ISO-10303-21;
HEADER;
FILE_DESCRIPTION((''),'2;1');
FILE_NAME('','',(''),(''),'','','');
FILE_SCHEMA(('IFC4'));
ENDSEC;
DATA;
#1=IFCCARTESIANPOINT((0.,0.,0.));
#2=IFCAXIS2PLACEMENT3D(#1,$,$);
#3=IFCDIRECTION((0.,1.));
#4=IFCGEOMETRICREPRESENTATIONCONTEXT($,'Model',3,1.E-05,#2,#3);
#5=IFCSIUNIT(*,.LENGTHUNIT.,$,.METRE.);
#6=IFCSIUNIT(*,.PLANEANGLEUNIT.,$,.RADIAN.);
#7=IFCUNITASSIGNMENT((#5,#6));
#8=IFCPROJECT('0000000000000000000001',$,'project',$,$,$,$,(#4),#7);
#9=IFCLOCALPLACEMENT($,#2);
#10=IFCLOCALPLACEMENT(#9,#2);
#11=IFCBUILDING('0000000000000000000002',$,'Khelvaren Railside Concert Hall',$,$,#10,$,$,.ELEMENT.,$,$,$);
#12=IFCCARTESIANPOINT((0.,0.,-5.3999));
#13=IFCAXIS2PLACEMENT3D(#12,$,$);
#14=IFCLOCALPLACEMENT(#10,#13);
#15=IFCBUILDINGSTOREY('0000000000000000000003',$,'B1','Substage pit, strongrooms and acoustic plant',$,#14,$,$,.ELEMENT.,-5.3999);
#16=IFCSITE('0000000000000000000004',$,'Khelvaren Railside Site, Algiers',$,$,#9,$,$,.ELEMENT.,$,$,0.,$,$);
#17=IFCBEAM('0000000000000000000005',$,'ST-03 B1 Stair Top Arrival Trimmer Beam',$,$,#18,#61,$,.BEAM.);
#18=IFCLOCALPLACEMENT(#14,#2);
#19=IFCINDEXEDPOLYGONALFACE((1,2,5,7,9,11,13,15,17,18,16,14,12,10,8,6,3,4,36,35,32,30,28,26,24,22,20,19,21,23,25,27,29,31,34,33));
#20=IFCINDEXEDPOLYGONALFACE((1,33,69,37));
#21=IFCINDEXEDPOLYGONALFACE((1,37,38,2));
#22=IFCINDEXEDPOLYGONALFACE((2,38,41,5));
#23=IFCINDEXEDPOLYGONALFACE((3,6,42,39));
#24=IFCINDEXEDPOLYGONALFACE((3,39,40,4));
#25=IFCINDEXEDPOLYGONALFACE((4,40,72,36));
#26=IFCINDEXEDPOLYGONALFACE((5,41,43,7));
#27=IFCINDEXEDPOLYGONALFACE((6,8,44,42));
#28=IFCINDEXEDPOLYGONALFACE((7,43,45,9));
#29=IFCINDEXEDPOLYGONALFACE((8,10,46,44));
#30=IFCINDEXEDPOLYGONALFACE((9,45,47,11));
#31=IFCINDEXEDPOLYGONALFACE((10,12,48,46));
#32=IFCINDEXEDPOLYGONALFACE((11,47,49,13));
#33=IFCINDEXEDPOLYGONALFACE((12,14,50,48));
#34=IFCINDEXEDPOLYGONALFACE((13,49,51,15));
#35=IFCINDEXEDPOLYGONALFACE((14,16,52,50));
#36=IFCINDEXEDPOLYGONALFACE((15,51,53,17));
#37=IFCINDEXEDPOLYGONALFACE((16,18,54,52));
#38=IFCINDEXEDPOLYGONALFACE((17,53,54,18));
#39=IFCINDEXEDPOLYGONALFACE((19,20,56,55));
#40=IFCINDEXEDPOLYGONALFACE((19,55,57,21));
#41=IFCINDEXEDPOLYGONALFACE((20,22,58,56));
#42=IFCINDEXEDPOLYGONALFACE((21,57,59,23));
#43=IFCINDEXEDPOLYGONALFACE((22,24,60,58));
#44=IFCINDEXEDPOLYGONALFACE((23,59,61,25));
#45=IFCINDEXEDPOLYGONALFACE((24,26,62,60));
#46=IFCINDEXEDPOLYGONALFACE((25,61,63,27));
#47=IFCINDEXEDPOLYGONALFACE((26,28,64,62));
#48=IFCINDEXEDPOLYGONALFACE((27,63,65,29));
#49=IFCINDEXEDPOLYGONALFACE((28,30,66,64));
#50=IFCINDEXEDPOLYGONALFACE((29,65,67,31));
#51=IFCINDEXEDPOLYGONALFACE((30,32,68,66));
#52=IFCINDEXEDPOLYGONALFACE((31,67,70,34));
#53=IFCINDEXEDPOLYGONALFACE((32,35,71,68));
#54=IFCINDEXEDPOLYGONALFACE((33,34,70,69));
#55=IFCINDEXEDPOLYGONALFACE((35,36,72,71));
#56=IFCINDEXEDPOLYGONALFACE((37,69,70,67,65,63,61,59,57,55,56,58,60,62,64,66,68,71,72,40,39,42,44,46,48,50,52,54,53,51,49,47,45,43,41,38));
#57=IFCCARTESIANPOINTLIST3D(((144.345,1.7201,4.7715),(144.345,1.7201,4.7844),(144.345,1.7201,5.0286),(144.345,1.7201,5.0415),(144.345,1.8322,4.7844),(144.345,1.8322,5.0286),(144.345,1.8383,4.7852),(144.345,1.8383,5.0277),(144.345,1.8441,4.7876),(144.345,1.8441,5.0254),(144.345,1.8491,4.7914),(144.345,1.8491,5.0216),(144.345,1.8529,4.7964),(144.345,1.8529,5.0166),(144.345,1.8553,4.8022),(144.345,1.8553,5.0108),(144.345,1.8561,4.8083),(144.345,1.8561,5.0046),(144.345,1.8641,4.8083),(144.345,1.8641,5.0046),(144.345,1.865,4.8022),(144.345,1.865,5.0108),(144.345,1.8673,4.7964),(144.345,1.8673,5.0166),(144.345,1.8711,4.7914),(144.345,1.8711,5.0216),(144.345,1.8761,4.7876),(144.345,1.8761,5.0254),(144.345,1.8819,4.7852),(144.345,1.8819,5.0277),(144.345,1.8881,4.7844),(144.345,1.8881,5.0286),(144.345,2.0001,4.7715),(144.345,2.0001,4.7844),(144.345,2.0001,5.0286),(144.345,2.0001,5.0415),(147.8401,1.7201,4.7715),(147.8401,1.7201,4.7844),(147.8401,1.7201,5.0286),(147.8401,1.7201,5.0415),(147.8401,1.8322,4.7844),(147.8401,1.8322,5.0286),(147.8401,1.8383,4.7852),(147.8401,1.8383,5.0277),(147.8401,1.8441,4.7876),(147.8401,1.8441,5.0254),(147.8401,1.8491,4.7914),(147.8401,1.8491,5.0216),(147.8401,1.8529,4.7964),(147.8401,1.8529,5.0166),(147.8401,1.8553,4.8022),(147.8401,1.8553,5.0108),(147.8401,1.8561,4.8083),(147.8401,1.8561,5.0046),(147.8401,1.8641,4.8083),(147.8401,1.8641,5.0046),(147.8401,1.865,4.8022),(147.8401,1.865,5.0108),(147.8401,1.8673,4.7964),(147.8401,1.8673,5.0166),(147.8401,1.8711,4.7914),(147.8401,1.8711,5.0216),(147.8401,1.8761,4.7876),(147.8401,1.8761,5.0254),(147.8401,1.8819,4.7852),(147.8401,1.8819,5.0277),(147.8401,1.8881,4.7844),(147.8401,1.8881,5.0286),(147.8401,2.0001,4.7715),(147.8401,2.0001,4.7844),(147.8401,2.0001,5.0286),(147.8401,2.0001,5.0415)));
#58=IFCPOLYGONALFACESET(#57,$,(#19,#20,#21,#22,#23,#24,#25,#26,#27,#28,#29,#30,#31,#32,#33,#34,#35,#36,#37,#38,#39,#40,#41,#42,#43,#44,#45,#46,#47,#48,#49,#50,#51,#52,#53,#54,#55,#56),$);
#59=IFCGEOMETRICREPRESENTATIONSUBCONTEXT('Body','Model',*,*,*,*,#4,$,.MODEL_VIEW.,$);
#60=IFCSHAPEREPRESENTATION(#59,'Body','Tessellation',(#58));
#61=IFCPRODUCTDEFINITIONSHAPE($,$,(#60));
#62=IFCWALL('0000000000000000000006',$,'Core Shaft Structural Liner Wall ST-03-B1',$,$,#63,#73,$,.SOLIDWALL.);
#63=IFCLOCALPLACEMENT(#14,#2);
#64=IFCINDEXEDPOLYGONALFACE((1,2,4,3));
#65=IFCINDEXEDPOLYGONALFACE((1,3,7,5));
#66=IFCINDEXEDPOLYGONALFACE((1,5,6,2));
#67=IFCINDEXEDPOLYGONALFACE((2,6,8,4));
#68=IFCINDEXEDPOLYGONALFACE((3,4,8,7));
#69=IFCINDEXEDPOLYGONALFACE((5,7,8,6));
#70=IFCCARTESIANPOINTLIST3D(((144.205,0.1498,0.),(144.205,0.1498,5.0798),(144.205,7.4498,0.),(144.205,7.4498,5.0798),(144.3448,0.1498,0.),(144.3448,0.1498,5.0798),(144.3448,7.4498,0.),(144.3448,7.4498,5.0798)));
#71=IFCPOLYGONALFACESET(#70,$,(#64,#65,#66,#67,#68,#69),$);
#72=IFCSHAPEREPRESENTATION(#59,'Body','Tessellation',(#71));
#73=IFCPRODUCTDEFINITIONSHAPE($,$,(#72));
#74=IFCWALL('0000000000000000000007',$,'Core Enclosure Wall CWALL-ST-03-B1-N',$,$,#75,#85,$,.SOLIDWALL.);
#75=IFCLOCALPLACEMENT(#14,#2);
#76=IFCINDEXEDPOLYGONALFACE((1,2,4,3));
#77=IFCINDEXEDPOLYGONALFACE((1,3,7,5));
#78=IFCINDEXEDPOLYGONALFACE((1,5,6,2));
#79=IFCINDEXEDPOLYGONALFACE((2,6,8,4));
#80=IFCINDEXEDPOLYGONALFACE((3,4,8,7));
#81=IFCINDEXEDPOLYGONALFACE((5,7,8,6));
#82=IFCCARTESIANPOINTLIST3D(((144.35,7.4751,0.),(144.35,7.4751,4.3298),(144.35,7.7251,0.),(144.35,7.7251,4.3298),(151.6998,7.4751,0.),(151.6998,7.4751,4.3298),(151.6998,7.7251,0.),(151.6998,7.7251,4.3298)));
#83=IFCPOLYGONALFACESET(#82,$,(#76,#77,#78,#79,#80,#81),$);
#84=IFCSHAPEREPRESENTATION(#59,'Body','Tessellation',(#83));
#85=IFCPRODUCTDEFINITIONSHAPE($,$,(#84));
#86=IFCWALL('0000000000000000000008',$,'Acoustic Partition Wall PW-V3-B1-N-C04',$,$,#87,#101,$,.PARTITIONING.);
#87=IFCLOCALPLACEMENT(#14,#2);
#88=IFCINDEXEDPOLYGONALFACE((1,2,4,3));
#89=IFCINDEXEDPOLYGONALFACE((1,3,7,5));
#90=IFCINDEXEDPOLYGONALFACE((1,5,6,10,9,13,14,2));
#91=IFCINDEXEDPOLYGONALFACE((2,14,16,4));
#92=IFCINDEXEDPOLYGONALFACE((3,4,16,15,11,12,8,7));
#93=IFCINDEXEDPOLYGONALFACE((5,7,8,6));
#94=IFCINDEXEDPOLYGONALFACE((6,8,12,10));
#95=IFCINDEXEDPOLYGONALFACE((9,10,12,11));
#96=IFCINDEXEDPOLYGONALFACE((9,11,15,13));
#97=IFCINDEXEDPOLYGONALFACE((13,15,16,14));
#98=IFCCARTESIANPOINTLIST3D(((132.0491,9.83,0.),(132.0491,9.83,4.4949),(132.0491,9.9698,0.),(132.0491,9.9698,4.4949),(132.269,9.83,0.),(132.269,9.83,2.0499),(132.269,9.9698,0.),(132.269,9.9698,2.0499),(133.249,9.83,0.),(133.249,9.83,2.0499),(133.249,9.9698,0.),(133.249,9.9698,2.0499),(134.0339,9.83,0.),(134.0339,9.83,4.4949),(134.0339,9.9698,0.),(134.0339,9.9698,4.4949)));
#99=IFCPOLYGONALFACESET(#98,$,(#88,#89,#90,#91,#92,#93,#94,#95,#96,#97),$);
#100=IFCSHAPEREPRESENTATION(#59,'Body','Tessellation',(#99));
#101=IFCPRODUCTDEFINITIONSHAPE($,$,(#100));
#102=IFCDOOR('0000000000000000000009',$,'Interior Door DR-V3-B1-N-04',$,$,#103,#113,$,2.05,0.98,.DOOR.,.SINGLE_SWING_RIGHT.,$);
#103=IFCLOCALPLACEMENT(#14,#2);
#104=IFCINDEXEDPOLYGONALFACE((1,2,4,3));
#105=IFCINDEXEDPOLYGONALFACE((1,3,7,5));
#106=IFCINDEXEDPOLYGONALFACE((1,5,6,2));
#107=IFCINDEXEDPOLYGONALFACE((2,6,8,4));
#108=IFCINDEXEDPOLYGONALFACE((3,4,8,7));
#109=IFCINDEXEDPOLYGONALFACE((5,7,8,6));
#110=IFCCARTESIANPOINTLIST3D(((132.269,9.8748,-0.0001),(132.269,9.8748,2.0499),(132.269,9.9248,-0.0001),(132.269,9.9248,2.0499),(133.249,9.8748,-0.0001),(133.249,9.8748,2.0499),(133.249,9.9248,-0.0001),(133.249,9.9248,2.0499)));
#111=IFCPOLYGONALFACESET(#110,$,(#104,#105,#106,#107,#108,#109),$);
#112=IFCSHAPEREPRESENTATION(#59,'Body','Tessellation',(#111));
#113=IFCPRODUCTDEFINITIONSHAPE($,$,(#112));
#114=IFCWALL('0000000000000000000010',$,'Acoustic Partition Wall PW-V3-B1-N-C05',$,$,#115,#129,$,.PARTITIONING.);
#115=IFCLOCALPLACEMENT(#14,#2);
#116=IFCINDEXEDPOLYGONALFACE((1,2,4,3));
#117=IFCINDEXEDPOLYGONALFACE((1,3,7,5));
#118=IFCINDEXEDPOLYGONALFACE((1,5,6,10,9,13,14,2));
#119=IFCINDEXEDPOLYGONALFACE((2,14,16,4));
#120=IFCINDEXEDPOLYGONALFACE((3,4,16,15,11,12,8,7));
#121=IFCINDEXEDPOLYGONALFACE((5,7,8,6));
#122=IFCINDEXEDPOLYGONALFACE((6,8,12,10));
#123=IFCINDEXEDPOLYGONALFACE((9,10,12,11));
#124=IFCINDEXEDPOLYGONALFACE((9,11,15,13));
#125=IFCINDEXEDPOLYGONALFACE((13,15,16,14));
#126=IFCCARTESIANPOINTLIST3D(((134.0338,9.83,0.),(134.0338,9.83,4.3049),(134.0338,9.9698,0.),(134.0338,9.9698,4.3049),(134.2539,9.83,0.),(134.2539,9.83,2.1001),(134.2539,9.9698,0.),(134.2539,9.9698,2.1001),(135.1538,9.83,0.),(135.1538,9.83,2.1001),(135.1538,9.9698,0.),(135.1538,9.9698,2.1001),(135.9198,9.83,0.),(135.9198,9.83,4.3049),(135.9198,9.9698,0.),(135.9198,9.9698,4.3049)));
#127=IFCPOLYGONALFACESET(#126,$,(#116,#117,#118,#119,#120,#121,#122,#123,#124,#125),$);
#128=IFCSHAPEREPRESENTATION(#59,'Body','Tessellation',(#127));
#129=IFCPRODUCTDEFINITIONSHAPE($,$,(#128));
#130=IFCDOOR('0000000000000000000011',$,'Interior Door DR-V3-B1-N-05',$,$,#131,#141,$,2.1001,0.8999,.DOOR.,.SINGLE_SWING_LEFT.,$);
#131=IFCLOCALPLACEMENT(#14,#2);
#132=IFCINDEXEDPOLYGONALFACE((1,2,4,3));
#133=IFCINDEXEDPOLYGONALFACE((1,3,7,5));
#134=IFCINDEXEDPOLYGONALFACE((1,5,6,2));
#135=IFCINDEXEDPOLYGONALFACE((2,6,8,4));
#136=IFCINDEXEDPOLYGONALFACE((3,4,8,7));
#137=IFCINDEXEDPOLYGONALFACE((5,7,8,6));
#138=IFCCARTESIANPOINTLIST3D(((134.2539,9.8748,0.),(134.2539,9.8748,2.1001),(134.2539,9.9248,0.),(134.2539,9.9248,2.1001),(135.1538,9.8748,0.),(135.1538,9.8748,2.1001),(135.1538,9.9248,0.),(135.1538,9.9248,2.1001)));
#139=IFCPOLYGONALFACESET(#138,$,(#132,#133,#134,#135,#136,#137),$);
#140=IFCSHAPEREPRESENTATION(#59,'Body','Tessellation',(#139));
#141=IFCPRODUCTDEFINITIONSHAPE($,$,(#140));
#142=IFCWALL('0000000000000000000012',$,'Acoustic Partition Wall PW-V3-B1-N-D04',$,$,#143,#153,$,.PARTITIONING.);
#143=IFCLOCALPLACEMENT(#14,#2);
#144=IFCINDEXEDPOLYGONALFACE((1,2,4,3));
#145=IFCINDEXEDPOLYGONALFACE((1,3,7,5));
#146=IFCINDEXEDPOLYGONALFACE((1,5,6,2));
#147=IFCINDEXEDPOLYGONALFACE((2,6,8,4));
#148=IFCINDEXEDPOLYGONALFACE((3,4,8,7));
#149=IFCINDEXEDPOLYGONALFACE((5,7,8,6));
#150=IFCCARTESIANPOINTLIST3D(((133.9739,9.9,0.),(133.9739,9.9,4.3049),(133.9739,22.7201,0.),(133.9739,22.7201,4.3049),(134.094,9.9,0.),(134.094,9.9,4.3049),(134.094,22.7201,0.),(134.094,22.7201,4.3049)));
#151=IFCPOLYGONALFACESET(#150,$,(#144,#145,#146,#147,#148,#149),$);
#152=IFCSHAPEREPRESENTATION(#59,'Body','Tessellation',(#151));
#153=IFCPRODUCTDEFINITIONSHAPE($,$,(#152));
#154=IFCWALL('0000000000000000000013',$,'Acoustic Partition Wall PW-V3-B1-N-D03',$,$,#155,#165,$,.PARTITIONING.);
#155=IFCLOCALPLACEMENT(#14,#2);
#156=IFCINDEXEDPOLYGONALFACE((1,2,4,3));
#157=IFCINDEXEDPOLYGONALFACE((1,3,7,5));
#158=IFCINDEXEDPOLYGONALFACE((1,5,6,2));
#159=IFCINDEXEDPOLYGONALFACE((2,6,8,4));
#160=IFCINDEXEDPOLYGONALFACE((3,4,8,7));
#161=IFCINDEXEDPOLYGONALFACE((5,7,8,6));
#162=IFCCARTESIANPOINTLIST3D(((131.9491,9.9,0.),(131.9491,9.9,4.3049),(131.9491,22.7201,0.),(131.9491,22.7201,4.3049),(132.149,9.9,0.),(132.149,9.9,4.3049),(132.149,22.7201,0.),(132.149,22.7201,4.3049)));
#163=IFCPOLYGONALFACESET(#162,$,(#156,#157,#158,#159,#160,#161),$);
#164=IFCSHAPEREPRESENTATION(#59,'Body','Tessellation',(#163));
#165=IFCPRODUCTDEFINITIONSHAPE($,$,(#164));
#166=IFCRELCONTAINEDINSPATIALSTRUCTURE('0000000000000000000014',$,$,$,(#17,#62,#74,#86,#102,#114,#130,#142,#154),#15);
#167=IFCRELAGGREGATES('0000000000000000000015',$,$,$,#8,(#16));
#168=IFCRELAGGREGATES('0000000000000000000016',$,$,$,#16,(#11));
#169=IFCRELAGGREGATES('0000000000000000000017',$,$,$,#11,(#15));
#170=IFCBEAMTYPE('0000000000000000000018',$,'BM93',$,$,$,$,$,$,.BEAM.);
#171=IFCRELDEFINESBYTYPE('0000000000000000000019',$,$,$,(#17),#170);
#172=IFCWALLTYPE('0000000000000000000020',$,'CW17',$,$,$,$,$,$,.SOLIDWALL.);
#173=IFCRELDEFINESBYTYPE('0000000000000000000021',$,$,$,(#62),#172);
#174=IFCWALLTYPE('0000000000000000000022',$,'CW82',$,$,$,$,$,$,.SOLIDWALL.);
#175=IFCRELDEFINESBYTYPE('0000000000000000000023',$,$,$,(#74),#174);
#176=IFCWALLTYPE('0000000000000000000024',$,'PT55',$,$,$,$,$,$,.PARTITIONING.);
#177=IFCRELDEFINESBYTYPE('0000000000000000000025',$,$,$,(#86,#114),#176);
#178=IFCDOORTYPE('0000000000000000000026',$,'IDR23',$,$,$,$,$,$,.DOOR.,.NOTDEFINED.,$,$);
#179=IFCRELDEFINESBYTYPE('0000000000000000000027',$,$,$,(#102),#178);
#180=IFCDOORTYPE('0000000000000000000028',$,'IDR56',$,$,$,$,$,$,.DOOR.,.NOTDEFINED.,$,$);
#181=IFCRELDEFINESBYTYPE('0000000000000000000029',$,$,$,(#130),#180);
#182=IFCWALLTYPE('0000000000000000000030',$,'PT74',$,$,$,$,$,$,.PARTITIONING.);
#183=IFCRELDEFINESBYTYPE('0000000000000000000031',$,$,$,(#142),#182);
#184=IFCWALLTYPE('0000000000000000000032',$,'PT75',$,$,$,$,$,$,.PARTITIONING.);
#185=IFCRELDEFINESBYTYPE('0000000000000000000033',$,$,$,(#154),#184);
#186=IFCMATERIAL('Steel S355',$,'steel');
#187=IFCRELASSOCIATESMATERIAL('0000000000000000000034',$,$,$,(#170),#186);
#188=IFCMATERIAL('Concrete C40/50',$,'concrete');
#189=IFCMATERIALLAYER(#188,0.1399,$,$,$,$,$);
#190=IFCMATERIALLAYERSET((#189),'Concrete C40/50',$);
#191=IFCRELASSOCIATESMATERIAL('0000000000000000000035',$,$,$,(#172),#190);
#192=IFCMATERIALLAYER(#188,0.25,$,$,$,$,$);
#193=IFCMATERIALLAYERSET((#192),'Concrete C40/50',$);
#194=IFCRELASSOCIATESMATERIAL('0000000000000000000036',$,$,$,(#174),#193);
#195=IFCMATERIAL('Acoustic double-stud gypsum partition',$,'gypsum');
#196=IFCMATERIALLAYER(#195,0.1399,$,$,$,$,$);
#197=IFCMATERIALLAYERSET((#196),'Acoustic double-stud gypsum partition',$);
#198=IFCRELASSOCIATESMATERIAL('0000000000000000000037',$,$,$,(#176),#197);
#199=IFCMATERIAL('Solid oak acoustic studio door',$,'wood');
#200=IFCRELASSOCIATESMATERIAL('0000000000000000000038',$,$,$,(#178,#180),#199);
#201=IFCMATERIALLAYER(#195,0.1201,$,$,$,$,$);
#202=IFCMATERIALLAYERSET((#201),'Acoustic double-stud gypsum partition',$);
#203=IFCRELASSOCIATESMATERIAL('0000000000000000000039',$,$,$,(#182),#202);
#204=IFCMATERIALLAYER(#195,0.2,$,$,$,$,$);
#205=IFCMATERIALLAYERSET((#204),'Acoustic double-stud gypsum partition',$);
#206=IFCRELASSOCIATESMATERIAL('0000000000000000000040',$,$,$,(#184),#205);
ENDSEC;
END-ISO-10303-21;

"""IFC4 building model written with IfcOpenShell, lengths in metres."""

from ifc_helpers import new_model, si_unit, direction, frame, frame_2d, origin, origin_2d, place, context, subcontext, project, spatial, rectangle, i_section, extrude, material, layer, layer_set, material_profile, profile_set, type_object, element, fill, save


model = new_model("IFC4")

# Units and contexts
model_context = context("Model", 3, precision=1e-05, world=origin(), true_north=direction((0.0, 1.0)))
body_context = subcontext(model_context, "Body", "Model", "MODEL_VIEW")
ifc_project = project(units=[si_unit("LENGTHUNIT", "METRE"), si_unit("PLANEANGLEUNIT", "RADIAN")], contexts=[model_context])

# Site, building, storey
site_placement = place(None, origin())
site = spatial("IfcSite", under=ifc_project, at=site_placement, Name="Khelvaren Railside Site, Algiers", CompositionType="ELEMENT", RefElevation=0.0)
building_placement = place(site_placement, origin())
building = spatial("IfcBuilding", under=site, at=building_placement, Name="Khelvaren Railside Concert Hall", CompositionType="ELEMENT")
storey_placement = place(building_placement, frame((0.0, 0.0, -5.3999)))
storey = spatial("IfcBuildingStorey", under=building, at=storey_placement, Name="B1", Description="Substage pit, strongrooms and acoustic plant", CompositionType="ELEMENT", Elevation=-5.3999)

# Beam
ifc_material_1 = material(Name="Steel S355", Category="steel")
ifc_material_profile_1 = material_profile(ifc_material_1, i_section(OverallWidth=0.28, OverallDepth=0.27, WebThickness=0.0081, FlangeThickness=0.0129, FilletRadius=0.0239, at=origin_2d()), Name="HEA 280")
ifc_profile_set_1 = profile_set([ifc_material_profile_1], Name="Steel S355")
beam_type_1 = type_object("IfcBeamType", Name="BM93", PredefinedType="BEAM", material=ifc_profile_set_1)
beam_1_placement = place(storey_placement, frame((144.345, 1.8601, 4.9065), z_axis=(1.0, 0.0, 0.0), x_axis=(0.0, 1.0, 0.0)))
element("IfcBeam", 1, at=beam_1_placement, inside=storey, type_object=beam_type_1, Name="ST-03 B1 Stair Top Arrival Trimmer Beam", PredefinedType="BEAM", context=body_context, shape_type="SweptSolid", body=[
    extrude(i_section(OverallWidth=0.28, OverallDepth=0.27, WebThickness=0.0081, FlangeThickness=0.0129, FilletRadius=0.0239, at=origin_2d()), origin(), (0.0, 0.0, 1.0), 3.4951),
])

# Walls
ifc_material_2 = material(Name="Concrete C40/50", Category="concrete")
ifc_layer_1 = layer(ifc_material_2, 0.1399)
ifc_layer_set_1 = layer_set([ifc_layer_1], Name="Concrete C40/50")
wall_type_1 = type_object("IfcWallType", Name="CW17", PredefinedType="SOLIDWALL", material=ifc_layer_set_1)
wall_1_placement = place(storey_placement, frame((144.2749, 0.1499, 0.0), z_axis=(0.0, 0.0, 1.0), x_axis=(0.0, 1.0, 0.0)))
element("IfcWall", 2, at=wall_1_placement, inside=storey, type_object=wall_type_1, Name="Core Shaft Structural Liner Wall ST-03-B1", PredefinedType="SOLIDWALL", context=body_context, shape_type="SweptSolid", body=[
    extrude(rectangle(XDim=7.3, YDim=0.1399, at=frame_2d((3.6499, 0.0))), origin(), (0.0, 0.0, 1.0), 5.0798),
])
ifc_layer_2 = layer(ifc_material_2, 0.25)
ifc_layer_set_2 = layer_set([ifc_layer_2], Name="Concrete C40/50")
wall_type_2 = type_object("IfcWallType", Name="CW82", PredefinedType="SOLIDWALL", material=ifc_layer_set_2)
wall_2_placement = place(storey_placement, frame((144.3501, 7.6001, 0.0), z_axis=(0.0, 0.0, 1.0), x_axis=(1.0, 0.0, 0.0)))
element("IfcWall", 3, at=wall_2_placement, inside=storey, type_object=wall_type_2, Name="Core Enclosure Wall CWALL-ST-03-B1-N", PredefinedType="SOLIDWALL", context=body_context, shape_type="SweptSolid", body=[
    extrude(rectangle(XDim=7.3499, YDim=0.25, at=frame_2d((3.6748, 0.0))), origin(), (0.0, 0.0, 1.0), 4.3298),
])

# Walls, openings, doors
ifc_material_3 = material(Name="Acoustic double-stud gypsum partition", Category="gypsum")
ifc_layer_3 = layer(ifc_material_3, 0.1399)
ifc_layer_set_3 = layer_set([ifc_layer_3], Name="Acoustic double-stud gypsum partition")
wall_type_3 = type_object("IfcWallType", Name="PT55", PredefinedType="PARTITIONING", material=ifc_layer_set_3)
wall_3_placement = place(storey_placement, frame((132.0491, 9.8999, 0.0), z_axis=(0.0, 0.0, 1.0), x_axis=(1.0, 0.0, 0.0)))
wall_3 = element("IfcWall", 4, at=wall_3_placement, inside=storey, type_object=wall_type_3, Name="Acoustic Partition Wall PW-V3-B1-N-C04", PredefinedType="PARTITIONING", context=body_context, shape_type="SweptSolid", body=[
    extrude(rectangle(XDim=1.9849, YDim=0.1399, at=frame_2d((0.9924, 0.0))), origin(), (0.0, 0.0, 1.0), 4.4949),
])
opening_1_placement = place(wall_3_placement, frame((0.22, 0.0, 0.0)))
opening_1 = element("IfcOpeningElement", 5, at=opening_1_placement, cuts=wall_3, PredefinedType="OPENING", context=body_context, shape_type="SweptSolid", body=[
    extrude(rectangle(XDim=0.98, YDim=2.05, at=frame_2d((0.49, 1.0249))), frame((0.0, 0.0798, 0.0), z_axis=(0.0, -1.0, 0.0), x_axis=(1.0, 0.0, 0.0)), (0.0, 0.0, 1.0), 0.1599),
])
ifc_material_4 = material(Name="Solid oak acoustic studio door", Category="wood")
door_type_1 = type_object("IfcDoorType", Name="IDR23", OperationType="NOTDEFINED", PredefinedType="DOOR", material=ifc_material_4)
door_1_placement = place(opening_1_placement, origin())
door_1 = element("IfcDoor", 6, at=door_1_placement, inside=storey, type_object=door_type_1, Name="Interior Door DR-V3-B1-N-04", OperationType="SINGLE_SWING_RIGHT", OverallHeight=2.05, OverallWidth=0.98, PredefinedType="DOOR", context=body_context, shape_type="SweptSolid", body=[
    extrude(rectangle(XDim=0.98, YDim=2.05, at=frame_2d((0.49, 1.0249))), frame((0.0, 0.0249, 0.0), z_axis=(0.0, -1.0, 0.0), x_axis=(1.0, 0.0, 0.0)), (0.0, 0.0, 1.0), 0.05),
])
fill(opening_1, door_1)
wall_4_placement = place(storey_placement, frame((134.0339, 9.8999, 0.0), z_axis=(0.0, 0.0, 1.0), x_axis=(1.0, 0.0, 0.0)))
wall_4 = element("IfcWall", 7, at=wall_4_placement, inside=storey, type_object=wall_type_3, Name="Acoustic Partition Wall PW-V3-B1-N-C05", PredefinedType="PARTITIONING", context=body_context, shape_type="SweptSolid", body=[
    extrude(rectangle(XDim=1.886, YDim=0.1399, at=frame_2d((0.9429, 0.0))), origin(), (0.0, 0.0, 1.0), 4.3049),
])
opening_2_placement = place(wall_4_placement, frame((0.22, 0.0, 0.0)))
opening_2 = element("IfcOpeningElement", 8, at=opening_2_placement, cuts=wall_4, PredefinedType="OPENING", context=body_context, shape_type="SweptSolid", body=[
    extrude(rectangle(XDim=0.8999, YDim=2.1001, at=frame_2d((0.45, 1.05))), frame((0.0, 0.0798, 0.0), z_axis=(0.0, -1.0, 0.0), x_axis=(1.0, 0.0, 0.0)), (0.0, 0.0, 1.0), 0.1599),
])
door_type_2 = type_object("IfcDoorType", Name="IDR56", OperationType="NOTDEFINED", PredefinedType="DOOR", material=ifc_material_4)
door_2_placement = place(opening_2_placement, origin())
door_2 = element("IfcDoor", 9, at=door_2_placement, inside=storey, type_object=door_type_2, Name="Interior Door DR-V3-B1-N-05", OperationType="SINGLE_SWING_LEFT", OverallHeight=2.1001, OverallWidth=0.8999, PredefinedType="DOOR", context=body_context, shape_type="SweptSolid", body=[
    extrude(rectangle(XDim=0.8999, YDim=2.1001, at=frame_2d((0.45, 1.05))), frame((0.0, 0.0249, 0.0), z_axis=(0.0, -1.0, 0.0), x_axis=(1.0, 0.0, 0.0)), (0.0, 0.0, 1.0), 0.05),
])
fill(opening_2, door_2)

# Walls
ifc_layer_4 = layer(ifc_material_3, 0.1201)
ifc_layer_set_4 = layer_set([ifc_layer_4], Name="Acoustic double-stud gypsum partition")
wall_type_4 = type_object("IfcWallType", Name="PT74", PredefinedType="PARTITIONING", material=ifc_layer_set_4)
wall_5_placement = place(storey_placement, frame((134.0339, 9.8999, 0.0), z_axis=(0.0, 0.0, 1.0), x_axis=(0.0, 1.0, 0.0)))
element("IfcWall", 10, at=wall_5_placement, inside=storey, type_object=wall_type_4, Name="Acoustic Partition Wall PW-V3-B1-N-D04", PredefinedType="PARTITIONING", context=body_context, shape_type="SweptSolid", body=[
    extrude(rectangle(XDim=12.8201, YDim=0.1201, at=frame_2d((6.4102, 0.0))), origin(), (0.0, 0.0, 1.0), 4.3049),
])
ifc_layer_5 = layer(ifc_material_3, 0.2)
ifc_layer_set_5 = layer_set([ifc_layer_5], Name="Acoustic double-stud gypsum partition")
wall_type_5 = type_object("IfcWallType", Name="PT75", PredefinedType="PARTITIONING", material=ifc_layer_set_5)
wall_6_placement = place(storey_placement, frame((132.0491, 9.8999, 0.0), z_axis=(0.0, 0.0, 1.0), x_axis=(0.0, 1.0, 0.0)))
element("IfcWall", 11, at=wall_6_placement, inside=storey, type_object=wall_type_5, Name="Acoustic Partition Wall PW-V3-B1-N-D03", PredefinedType="PARTITIONING", context=body_context, shape_type="SweptSolid", body=[
    extrude(rectangle(XDim=12.8201, YDim=0.2, at=frame_2d((6.4102, 0.0))), origin(), (0.0, 0.0, 1.0), 4.3049),
])

save(model, "model.ifc")
